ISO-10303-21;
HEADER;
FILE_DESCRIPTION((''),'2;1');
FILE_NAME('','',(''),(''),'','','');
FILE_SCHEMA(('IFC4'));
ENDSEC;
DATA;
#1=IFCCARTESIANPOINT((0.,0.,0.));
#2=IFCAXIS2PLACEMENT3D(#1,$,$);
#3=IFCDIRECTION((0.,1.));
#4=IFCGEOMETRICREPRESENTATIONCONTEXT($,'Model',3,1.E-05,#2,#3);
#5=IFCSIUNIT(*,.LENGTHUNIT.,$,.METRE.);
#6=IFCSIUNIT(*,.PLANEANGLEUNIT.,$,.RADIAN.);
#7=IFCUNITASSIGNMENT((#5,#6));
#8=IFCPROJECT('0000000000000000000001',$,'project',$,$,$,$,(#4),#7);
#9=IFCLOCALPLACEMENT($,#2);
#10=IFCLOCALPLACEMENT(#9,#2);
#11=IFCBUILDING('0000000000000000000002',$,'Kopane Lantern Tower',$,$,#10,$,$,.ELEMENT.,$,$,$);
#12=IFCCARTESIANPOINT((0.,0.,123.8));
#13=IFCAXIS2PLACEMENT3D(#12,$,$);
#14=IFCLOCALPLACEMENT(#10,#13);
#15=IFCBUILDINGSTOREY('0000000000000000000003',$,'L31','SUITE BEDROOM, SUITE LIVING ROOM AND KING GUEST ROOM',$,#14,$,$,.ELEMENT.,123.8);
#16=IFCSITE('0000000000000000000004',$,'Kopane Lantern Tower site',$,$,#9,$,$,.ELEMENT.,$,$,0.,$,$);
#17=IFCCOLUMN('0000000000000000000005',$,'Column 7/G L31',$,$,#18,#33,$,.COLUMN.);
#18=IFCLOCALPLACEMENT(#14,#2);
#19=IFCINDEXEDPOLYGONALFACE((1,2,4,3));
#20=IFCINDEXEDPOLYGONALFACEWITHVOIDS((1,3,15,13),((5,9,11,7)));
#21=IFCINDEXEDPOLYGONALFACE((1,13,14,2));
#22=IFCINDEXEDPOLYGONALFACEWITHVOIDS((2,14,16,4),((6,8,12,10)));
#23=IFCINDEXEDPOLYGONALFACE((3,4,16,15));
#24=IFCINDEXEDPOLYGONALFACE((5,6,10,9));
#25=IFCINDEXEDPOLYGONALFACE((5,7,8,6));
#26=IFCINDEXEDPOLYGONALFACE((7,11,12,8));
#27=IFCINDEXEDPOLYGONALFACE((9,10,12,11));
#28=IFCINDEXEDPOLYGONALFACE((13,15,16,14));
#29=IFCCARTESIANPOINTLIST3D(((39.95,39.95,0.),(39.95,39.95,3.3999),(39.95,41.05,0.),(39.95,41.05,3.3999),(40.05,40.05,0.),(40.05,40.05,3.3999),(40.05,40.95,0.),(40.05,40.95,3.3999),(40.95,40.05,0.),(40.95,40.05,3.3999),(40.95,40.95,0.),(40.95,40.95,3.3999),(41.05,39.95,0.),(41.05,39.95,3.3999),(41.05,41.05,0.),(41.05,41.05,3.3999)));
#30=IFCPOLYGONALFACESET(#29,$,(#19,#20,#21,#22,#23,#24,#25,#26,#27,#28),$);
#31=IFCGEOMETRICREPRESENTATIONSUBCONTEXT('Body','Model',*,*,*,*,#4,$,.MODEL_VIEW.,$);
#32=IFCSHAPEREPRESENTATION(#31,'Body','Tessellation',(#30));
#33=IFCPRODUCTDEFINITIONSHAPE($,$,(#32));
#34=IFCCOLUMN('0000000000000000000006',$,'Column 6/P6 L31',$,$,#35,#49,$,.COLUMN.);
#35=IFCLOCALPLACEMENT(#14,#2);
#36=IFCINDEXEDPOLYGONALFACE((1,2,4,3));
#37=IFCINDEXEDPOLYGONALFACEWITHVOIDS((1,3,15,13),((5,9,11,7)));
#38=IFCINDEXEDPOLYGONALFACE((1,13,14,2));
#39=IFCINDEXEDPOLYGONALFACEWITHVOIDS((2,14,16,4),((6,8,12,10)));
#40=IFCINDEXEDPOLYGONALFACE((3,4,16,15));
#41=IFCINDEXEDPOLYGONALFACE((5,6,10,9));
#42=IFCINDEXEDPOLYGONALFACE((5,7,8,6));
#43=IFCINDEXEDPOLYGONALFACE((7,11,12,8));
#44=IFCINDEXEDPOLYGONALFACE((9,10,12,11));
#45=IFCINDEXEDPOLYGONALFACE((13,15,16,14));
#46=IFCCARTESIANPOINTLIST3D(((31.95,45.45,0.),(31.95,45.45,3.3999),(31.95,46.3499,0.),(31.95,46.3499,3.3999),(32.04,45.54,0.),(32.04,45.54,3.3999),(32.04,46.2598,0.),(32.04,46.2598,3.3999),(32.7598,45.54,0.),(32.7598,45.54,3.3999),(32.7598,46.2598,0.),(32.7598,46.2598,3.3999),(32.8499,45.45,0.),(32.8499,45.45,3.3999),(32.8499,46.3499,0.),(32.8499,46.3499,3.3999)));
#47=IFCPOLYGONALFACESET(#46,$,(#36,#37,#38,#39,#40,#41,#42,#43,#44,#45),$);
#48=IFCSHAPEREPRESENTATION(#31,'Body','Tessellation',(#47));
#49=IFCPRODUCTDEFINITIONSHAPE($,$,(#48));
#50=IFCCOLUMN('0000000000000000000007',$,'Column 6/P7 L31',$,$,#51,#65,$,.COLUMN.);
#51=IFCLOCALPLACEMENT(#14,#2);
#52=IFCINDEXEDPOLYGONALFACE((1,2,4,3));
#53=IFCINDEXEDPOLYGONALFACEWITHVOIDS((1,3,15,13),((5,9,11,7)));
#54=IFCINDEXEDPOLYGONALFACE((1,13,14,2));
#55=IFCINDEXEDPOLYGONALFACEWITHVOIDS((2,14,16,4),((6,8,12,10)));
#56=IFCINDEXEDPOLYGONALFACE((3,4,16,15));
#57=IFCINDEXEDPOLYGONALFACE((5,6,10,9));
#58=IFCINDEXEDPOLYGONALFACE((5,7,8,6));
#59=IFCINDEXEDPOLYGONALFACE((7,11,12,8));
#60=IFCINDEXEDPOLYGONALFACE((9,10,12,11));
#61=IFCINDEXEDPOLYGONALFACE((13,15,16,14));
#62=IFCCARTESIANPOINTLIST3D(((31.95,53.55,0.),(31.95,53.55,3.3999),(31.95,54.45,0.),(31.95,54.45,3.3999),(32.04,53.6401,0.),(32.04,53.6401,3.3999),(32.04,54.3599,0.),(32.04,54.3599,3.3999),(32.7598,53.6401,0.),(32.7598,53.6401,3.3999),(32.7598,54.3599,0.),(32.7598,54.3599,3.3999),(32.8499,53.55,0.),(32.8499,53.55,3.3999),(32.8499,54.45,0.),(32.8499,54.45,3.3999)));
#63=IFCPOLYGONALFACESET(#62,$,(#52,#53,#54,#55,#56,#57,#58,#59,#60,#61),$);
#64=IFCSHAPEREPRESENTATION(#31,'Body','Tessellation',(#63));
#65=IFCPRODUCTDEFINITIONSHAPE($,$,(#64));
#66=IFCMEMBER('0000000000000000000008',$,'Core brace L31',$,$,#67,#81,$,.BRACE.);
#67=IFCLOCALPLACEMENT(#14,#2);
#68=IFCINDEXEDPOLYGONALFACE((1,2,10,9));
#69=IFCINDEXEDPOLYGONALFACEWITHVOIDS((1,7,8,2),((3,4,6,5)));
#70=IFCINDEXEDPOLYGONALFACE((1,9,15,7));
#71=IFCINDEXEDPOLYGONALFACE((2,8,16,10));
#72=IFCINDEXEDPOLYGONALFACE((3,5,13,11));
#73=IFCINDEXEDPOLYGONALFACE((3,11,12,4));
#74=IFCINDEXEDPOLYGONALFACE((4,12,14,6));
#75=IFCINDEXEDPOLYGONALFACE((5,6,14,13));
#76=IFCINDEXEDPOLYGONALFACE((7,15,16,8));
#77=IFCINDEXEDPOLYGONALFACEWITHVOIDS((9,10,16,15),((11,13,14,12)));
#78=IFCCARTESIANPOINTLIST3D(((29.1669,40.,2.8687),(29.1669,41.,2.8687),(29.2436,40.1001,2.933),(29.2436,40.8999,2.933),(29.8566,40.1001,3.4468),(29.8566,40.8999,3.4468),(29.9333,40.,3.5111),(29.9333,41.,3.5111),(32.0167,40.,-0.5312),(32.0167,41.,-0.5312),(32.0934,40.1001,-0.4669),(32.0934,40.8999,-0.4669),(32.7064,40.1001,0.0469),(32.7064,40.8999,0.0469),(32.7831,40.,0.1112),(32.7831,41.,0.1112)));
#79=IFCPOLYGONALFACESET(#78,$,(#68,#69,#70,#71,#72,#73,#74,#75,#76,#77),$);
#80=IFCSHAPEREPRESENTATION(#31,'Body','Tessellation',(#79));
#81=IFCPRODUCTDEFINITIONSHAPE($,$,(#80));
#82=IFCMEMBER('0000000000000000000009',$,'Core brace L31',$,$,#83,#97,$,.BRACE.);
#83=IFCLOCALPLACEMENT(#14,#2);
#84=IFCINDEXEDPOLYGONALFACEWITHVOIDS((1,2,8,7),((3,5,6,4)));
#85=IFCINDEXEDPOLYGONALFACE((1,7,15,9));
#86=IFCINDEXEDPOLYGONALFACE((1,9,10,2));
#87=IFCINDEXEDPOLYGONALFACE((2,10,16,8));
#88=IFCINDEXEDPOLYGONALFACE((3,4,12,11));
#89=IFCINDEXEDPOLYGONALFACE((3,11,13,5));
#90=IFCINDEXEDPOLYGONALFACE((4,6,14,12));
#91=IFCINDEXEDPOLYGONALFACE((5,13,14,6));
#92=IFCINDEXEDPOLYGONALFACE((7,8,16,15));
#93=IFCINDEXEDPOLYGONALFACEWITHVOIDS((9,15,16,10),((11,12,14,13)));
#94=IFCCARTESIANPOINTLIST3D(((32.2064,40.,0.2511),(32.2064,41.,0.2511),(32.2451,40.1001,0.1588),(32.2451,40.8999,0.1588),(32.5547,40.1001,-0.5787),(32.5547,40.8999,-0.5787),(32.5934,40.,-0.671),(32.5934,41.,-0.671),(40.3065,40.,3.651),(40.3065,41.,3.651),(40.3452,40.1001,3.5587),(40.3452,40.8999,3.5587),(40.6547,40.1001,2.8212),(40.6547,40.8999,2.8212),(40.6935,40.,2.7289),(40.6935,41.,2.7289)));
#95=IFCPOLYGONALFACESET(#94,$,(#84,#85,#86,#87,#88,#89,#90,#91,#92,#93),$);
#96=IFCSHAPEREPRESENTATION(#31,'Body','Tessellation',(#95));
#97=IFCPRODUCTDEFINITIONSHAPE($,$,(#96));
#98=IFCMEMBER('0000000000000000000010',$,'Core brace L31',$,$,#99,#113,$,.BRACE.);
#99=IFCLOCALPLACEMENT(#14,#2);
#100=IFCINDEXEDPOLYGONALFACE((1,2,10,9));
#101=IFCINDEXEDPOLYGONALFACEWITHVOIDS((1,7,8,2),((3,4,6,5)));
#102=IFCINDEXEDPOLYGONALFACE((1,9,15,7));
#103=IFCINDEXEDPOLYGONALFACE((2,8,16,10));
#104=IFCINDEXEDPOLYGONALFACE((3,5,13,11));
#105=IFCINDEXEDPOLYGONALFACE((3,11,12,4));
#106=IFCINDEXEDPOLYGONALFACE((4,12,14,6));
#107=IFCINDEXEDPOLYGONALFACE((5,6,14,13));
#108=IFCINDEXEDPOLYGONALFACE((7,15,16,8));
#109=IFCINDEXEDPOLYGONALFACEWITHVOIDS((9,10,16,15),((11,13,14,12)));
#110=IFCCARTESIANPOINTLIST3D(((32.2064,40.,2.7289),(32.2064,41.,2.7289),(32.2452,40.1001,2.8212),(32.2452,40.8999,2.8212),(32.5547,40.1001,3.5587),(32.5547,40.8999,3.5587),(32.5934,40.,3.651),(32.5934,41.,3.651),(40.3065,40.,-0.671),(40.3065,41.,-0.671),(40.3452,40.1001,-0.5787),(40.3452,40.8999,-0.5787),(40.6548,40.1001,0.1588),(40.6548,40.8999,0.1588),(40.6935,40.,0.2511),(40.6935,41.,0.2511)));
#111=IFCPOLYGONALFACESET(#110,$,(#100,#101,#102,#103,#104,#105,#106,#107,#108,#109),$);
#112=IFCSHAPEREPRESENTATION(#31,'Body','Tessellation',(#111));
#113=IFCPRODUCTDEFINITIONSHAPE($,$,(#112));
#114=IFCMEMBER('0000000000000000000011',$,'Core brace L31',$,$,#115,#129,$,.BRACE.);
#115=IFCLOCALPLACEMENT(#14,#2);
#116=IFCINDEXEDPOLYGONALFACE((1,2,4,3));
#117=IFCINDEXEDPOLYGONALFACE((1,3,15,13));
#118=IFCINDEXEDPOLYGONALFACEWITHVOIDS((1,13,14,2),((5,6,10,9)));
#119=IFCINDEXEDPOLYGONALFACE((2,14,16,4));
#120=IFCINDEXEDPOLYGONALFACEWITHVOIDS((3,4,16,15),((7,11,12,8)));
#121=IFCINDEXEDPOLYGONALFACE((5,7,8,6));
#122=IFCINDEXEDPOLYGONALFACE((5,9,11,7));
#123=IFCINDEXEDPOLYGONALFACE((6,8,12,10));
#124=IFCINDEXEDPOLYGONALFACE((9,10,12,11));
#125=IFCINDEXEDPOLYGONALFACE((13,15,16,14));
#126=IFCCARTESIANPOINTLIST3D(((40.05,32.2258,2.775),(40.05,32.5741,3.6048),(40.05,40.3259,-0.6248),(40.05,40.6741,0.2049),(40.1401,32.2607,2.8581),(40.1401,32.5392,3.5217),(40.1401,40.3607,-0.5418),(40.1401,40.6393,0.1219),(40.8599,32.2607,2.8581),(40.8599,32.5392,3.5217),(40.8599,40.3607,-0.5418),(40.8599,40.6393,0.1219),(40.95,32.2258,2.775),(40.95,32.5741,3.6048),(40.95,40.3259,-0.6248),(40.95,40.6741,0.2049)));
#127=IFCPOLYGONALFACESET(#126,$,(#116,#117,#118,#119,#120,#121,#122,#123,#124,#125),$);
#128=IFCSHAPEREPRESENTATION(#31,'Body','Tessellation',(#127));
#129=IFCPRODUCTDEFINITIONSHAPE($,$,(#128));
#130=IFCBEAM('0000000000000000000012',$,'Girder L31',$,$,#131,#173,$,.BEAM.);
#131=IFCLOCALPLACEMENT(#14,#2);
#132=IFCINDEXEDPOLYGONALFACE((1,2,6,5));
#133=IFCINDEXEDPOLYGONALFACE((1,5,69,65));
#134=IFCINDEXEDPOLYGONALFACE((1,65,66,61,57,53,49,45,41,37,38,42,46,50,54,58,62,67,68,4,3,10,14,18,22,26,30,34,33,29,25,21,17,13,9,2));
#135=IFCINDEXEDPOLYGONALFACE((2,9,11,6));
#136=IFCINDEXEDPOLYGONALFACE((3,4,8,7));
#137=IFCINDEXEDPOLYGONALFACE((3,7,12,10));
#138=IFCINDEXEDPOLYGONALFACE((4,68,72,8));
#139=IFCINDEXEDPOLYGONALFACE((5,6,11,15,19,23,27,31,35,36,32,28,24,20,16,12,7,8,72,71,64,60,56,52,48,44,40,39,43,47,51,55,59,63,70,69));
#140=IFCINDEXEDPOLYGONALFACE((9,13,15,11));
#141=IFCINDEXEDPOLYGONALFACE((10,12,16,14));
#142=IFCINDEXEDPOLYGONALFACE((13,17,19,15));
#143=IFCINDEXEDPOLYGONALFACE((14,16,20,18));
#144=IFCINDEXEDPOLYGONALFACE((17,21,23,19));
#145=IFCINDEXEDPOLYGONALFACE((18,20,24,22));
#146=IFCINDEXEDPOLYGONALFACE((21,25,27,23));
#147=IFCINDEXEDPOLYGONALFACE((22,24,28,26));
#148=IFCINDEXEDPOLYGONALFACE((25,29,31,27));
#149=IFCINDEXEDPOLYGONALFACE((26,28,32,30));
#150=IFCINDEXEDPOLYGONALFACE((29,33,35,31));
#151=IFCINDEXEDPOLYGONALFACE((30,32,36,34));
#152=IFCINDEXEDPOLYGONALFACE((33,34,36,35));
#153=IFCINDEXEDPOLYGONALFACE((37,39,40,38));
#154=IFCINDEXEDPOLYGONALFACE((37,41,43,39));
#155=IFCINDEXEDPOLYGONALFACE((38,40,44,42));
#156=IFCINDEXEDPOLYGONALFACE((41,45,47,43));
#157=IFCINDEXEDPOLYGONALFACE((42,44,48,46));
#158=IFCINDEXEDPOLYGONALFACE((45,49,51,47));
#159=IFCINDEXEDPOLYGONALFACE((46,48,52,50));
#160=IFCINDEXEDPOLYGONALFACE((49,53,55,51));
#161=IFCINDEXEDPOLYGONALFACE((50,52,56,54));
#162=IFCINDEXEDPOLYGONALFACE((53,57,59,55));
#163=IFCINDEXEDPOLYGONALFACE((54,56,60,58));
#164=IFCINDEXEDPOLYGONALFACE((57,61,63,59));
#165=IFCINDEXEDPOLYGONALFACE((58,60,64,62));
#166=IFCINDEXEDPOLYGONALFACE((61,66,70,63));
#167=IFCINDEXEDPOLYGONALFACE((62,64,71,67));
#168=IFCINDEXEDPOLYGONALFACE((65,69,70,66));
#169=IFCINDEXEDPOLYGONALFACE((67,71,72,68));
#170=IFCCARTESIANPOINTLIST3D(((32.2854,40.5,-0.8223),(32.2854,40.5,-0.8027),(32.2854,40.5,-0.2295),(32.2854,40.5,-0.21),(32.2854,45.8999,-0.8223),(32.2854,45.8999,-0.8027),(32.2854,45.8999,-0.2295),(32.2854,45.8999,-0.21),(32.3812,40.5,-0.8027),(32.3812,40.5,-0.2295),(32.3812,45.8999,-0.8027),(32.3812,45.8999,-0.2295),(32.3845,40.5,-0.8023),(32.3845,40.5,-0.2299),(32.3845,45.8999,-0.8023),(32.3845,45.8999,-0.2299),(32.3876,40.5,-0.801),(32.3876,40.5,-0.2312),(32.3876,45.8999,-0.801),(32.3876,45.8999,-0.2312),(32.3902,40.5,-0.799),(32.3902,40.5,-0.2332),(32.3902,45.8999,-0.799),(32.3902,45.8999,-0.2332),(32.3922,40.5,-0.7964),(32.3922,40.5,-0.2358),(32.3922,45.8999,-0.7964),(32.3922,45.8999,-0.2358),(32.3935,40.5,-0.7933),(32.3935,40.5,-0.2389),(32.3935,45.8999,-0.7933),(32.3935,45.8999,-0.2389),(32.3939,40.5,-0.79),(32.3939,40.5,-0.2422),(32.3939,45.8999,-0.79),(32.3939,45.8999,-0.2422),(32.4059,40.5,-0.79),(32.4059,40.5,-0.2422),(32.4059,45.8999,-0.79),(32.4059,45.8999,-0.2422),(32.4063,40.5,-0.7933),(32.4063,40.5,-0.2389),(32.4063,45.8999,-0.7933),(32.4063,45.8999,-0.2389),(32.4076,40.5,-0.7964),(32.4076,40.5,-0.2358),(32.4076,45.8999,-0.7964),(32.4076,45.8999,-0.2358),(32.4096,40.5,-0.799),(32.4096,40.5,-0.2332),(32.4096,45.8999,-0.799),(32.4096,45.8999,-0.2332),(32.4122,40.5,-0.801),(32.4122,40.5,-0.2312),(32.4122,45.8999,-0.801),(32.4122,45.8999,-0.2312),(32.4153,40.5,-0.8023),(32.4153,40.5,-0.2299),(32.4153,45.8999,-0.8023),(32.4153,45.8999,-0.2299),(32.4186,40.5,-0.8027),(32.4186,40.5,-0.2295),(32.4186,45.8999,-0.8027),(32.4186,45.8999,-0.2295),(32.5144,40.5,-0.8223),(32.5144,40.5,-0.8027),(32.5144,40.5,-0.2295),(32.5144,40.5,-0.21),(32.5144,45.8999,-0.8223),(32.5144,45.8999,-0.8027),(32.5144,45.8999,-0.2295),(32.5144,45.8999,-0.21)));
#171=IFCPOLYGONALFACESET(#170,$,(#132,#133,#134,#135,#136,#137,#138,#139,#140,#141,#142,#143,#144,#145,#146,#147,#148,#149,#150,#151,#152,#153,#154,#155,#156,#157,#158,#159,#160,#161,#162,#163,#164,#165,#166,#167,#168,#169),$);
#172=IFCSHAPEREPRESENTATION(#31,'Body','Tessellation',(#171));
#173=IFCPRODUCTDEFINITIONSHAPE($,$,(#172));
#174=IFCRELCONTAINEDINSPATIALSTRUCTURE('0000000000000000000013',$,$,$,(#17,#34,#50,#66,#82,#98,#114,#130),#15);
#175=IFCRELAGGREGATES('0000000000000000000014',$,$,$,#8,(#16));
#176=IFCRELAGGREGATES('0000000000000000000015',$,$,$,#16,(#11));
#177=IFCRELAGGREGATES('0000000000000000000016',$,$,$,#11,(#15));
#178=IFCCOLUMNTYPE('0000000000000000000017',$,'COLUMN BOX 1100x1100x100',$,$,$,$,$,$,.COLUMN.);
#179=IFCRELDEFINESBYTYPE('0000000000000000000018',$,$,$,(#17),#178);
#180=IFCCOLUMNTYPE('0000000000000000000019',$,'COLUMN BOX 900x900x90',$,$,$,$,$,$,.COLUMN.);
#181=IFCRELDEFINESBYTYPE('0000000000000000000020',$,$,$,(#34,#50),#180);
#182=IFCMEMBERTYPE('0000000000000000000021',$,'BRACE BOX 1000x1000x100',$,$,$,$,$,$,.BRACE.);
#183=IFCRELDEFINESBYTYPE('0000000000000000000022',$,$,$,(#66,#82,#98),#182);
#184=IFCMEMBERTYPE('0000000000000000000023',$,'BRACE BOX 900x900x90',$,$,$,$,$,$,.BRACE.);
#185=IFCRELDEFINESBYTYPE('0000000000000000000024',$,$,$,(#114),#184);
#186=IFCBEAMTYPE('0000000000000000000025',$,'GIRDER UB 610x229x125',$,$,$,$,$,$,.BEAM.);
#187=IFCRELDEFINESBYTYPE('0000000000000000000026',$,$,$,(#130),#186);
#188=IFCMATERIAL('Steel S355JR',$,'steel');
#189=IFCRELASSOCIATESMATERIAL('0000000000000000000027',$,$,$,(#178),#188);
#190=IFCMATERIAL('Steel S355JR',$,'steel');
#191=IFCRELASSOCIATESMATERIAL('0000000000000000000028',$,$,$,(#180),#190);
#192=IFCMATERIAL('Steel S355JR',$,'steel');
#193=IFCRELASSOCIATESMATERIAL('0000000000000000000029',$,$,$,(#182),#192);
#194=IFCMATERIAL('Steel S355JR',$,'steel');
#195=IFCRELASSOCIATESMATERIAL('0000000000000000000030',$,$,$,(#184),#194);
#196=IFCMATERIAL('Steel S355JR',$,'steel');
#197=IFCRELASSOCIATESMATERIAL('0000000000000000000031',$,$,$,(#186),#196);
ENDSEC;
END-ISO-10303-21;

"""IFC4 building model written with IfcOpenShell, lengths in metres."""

from ifc_helpers import new_model, si_unit, direction, frame, origin, origin_2d, place, context, subcontext, project, spatial, hollow_rectangle, i_section, extrude, material, material_profile, profile_set, type_object, element, save


model = new_model("IFC4")

# Units and contexts
model_context = context("Model", 3, precision=1e-05, world=origin(), true_north=direction((0.0, 1.0)))
body_context = subcontext(model_context, "Body", "Model", "MODEL_VIEW")
ifc_project = project(units=[si_unit("LENGTHUNIT", "METRE"), si_unit("PLANEANGLEUNIT", "RADIAN")], contexts=[model_context])

# Site, building, storey
site_placement = place(None, origin())
site = spatial("IfcSite", under=ifc_project, at=site_placement, Name="Kopane Lantern Tower site", CompositionType="ELEMENT", RefElevation=0.0)
building_placement = place(site_placement, origin())
building = spatial("IfcBuilding", under=site, at=building_placement, Name="Kopane Lantern Tower", CompositionType="ELEMENT")
storey_placement = place(building_placement, frame((0.0, 0.0, 123.8)))
storey = spatial("IfcBuildingStorey", under=building, at=storey_placement, Name="L31", Description="SUITE BEDROOM, SUITE LIVING ROOM AND KING GUEST ROOM", CompositionType="ELEMENT", Elevation=123.8)

# Columns
ifc_material_1 = material(Name="Steel S355JR", Category="steel")
ifc_material_profile_1 = material_profile(ifc_material_1, hollow_rectangle(XDim=1.1001, YDim=1.1001, WallThickness=0.1001, at=origin_2d()), Name="BOX 1100x1100x100")
ifc_profile_set_1 = profile_set([ifc_material_profile_1], Name="Steel S355JR")
column_type_1 = type_object("IfcColumnType", Name="COLUMN BOX 1100x1100x100", PredefinedType="COLUMN", material=ifc_profile_set_1)
column_placement = place(storey_placement, frame((40.5, 40.5, 0.0), z_axis=(0.0, 0.0, 1.0), x_axis=(1.0, 0.0, 0.0)))
element("IfcColumn", 1, at=column_placement, inside=storey, type_object=column_type_1, Name="Column 7/G L31", PredefinedType="COLUMN", context=body_context, shape_type="SweptSolid", body=[
    extrude(hollow_rectangle(XDim=1.1001, YDim=1.1001, WallThickness=0.1001, at=origin_2d()), origin(), (0.0, 0.0, 1.0), 3.3999),
])
ifc_material_2 = material(Name="Steel S355JR", Category="steel")
ifc_material_profile_2 = material_profile(ifc_material_2, hollow_rectangle(XDim=0.8999, YDim=0.8999, WallThickness=0.0901, at=origin_2d()), Name="BOX 900x900x90")
ifc_profile_set_2 = profile_set([ifc_material_profile_2], Name="Steel S355JR")
column_type_2 = type_object("IfcColumnType", Name="COLUMN BOX 900x900x90", PredefinedType="COLUMN", material=ifc_profile_set_2)
for number, where, z_axis, x_axis, name in (
    (2, (32.3999, 45.8999, 0.0), (0.0, 0.0, 1.0), (1.0, 0.0, 0.0), "Column 6/P6 L31"),
    (3, (32.3999, 54.0, 0.0), (0.0, 0.0, 1.0), (1.0, 0.0, 0.0), "Column 6/P7 L31"),
):
    element("IfcColumn", number, at=place(storey_placement, frame(where, z_axis=z_axis, x_axis=x_axis)), inside=storey, type_object=column_type_2, Name=name, PredefinedType="COLUMN", context=body_context, shape_type="SweptSolid", body=[
        extrude(hollow_rectangle(XDim=0.8999, YDim=0.8999, WallThickness=0.0901, at=origin_2d()), origin(), (0.0, 0.0, 1.0), 3.3999),
    ])

# Members
ifc_material_3 = material(Name="Steel S355JR", Category="steel")
ifc_material_profile_3 = material_profile(ifc_material_3, hollow_rectangle(XDim=1.0, YDim=1.0, WallThickness=0.1001, at=origin_2d()), Name="BOX 1000x1000x100")
ifc_profile_set_3 = profile_set([ifc_material_profile_3], Name="Steel S355JR")
member_type_1 = type_object("IfcMemberType", Name="BRACE BOX 1000x1000x100", PredefinedType="BRACE", material=ifc_profile_set_3)
member_1_placement = place(storey_placement, frame((32.3999, 40.5, -0.21), z_axis=(-0.64239, 0.0, 0.766378), x_axis=(0.0, -1.0, 0.0)))
element("IfcMember", 4, at=member_1_placement, inside=storey, type_object=member_type_1, Name="Core brace L31", PredefinedType="BRACE", context=body_context, shape_type="SweptSolid", body=[
    extrude(hollow_rectangle(XDim=1.0, YDim=1.0, WallThickness=0.1001, at=origin_2d()), origin(), (0.0, 0.0, 1.0), 4.4363),
])
for number, where, z_axis, x_axis, name in (
    (5, (32.3999, 40.5, -0.21), (0.922069, 0.0, 0.387026), (0.0, 1.0, 0.0), "Core brace L31"),
    (6, (40.5, 40.5, -0.21), (-0.922069, 0.0, 0.387026), (0.0, -1.0, 0.0), "Core brace L31"),
):
    element("IfcMember", number, at=place(storey_placement, frame(where, z_axis=z_axis, x_axis=x_axis)), inside=storey, type_object=member_type_1, Name=name, PredefinedType="BRACE", context=body_context, shape_type="SweptSolid", body=[
        extrude(hollow_rectangle(XDim=1.0, YDim=1.0, WallThickness=0.1001, at=origin_2d()), origin(), (0.0, 0.0, 1.0), 8.7847),
    ])
ifc_material_4 = material(Name="Steel S355JR", Category="steel")
ifc_material_profile_4 = material_profile(ifc_material_4, hollow_rectangle(XDim=0.8999, YDim=0.8999, WallThickness=0.0901, at=origin_2d()), Name="BOX 900x900x90")
ifc_profile_set_4 = profile_set([ifc_material_profile_4], Name="Steel S355JR")
member_type_2 = type_object("IfcMemberType", Name="BRACE BOX 900x900x90", PredefinedType="BRACE", material=ifc_profile_set_4)
member_2_placement = place(storey_placement, frame((40.5, 40.5, -0.21), z_axis=(0.0, -0.922069, 0.387026), x_axis=(1.0, 0.0, 0.0)))
element("IfcMember", 7, at=member_2_placement, inside=storey, type_object=member_type_2, Name="Core brace L31", PredefinedType="BRACE", context=body_context, shape_type="SweptSolid", body=[
    extrude(hollow_rectangle(XDim=0.8999, YDim=0.8999, WallThickness=0.0901, at=origin_2d()), origin(), (0.0, 0.0, 1.0), 8.7847),
])

# Beam
ifc_material_5 = material(Name="Steel S355JR", Category="steel")
ifc_material_profile_5 = material_profile(ifc_material_5, i_section(OverallWidth=0.229, OverallDepth=0.6123, WebThickness=0.012, FlangeThickness=0.0195, FilletRadius=0.0127, at=origin_2d()), Name="UB 610x229x125")
ifc_profile_set_5 = profile_set([ifc_material_profile_5], Name="Steel S355JR")
beam_type = type_object("IfcBeamType", Name="GIRDER UB 610x229x125", PredefinedType="BEAM", material=ifc_profile_set_5)
beam_1_placement = place(storey_placement, frame((32.3999, 40.5, -0.5161), z_axis=(0.0, 1.0, 0.0), x_axis=(-1.0, 0.0, 0.0)))
element("IfcBeam", 8, at=beam_1_placement, inside=storey, type_object=beam_type, Name="Girder L31", PredefinedType="BEAM", context=body_context, shape_type="SweptSolid", body=[
    extrude(i_section(OverallWidth=0.229, OverallDepth=0.6123, WebThickness=0.012, FlangeThickness=0.0195, FilletRadius=0.0127, at=origin_2d()), origin(), (0.0, 0.0, 1.0), 5.3999),
])

save(model, "model.ifc")
